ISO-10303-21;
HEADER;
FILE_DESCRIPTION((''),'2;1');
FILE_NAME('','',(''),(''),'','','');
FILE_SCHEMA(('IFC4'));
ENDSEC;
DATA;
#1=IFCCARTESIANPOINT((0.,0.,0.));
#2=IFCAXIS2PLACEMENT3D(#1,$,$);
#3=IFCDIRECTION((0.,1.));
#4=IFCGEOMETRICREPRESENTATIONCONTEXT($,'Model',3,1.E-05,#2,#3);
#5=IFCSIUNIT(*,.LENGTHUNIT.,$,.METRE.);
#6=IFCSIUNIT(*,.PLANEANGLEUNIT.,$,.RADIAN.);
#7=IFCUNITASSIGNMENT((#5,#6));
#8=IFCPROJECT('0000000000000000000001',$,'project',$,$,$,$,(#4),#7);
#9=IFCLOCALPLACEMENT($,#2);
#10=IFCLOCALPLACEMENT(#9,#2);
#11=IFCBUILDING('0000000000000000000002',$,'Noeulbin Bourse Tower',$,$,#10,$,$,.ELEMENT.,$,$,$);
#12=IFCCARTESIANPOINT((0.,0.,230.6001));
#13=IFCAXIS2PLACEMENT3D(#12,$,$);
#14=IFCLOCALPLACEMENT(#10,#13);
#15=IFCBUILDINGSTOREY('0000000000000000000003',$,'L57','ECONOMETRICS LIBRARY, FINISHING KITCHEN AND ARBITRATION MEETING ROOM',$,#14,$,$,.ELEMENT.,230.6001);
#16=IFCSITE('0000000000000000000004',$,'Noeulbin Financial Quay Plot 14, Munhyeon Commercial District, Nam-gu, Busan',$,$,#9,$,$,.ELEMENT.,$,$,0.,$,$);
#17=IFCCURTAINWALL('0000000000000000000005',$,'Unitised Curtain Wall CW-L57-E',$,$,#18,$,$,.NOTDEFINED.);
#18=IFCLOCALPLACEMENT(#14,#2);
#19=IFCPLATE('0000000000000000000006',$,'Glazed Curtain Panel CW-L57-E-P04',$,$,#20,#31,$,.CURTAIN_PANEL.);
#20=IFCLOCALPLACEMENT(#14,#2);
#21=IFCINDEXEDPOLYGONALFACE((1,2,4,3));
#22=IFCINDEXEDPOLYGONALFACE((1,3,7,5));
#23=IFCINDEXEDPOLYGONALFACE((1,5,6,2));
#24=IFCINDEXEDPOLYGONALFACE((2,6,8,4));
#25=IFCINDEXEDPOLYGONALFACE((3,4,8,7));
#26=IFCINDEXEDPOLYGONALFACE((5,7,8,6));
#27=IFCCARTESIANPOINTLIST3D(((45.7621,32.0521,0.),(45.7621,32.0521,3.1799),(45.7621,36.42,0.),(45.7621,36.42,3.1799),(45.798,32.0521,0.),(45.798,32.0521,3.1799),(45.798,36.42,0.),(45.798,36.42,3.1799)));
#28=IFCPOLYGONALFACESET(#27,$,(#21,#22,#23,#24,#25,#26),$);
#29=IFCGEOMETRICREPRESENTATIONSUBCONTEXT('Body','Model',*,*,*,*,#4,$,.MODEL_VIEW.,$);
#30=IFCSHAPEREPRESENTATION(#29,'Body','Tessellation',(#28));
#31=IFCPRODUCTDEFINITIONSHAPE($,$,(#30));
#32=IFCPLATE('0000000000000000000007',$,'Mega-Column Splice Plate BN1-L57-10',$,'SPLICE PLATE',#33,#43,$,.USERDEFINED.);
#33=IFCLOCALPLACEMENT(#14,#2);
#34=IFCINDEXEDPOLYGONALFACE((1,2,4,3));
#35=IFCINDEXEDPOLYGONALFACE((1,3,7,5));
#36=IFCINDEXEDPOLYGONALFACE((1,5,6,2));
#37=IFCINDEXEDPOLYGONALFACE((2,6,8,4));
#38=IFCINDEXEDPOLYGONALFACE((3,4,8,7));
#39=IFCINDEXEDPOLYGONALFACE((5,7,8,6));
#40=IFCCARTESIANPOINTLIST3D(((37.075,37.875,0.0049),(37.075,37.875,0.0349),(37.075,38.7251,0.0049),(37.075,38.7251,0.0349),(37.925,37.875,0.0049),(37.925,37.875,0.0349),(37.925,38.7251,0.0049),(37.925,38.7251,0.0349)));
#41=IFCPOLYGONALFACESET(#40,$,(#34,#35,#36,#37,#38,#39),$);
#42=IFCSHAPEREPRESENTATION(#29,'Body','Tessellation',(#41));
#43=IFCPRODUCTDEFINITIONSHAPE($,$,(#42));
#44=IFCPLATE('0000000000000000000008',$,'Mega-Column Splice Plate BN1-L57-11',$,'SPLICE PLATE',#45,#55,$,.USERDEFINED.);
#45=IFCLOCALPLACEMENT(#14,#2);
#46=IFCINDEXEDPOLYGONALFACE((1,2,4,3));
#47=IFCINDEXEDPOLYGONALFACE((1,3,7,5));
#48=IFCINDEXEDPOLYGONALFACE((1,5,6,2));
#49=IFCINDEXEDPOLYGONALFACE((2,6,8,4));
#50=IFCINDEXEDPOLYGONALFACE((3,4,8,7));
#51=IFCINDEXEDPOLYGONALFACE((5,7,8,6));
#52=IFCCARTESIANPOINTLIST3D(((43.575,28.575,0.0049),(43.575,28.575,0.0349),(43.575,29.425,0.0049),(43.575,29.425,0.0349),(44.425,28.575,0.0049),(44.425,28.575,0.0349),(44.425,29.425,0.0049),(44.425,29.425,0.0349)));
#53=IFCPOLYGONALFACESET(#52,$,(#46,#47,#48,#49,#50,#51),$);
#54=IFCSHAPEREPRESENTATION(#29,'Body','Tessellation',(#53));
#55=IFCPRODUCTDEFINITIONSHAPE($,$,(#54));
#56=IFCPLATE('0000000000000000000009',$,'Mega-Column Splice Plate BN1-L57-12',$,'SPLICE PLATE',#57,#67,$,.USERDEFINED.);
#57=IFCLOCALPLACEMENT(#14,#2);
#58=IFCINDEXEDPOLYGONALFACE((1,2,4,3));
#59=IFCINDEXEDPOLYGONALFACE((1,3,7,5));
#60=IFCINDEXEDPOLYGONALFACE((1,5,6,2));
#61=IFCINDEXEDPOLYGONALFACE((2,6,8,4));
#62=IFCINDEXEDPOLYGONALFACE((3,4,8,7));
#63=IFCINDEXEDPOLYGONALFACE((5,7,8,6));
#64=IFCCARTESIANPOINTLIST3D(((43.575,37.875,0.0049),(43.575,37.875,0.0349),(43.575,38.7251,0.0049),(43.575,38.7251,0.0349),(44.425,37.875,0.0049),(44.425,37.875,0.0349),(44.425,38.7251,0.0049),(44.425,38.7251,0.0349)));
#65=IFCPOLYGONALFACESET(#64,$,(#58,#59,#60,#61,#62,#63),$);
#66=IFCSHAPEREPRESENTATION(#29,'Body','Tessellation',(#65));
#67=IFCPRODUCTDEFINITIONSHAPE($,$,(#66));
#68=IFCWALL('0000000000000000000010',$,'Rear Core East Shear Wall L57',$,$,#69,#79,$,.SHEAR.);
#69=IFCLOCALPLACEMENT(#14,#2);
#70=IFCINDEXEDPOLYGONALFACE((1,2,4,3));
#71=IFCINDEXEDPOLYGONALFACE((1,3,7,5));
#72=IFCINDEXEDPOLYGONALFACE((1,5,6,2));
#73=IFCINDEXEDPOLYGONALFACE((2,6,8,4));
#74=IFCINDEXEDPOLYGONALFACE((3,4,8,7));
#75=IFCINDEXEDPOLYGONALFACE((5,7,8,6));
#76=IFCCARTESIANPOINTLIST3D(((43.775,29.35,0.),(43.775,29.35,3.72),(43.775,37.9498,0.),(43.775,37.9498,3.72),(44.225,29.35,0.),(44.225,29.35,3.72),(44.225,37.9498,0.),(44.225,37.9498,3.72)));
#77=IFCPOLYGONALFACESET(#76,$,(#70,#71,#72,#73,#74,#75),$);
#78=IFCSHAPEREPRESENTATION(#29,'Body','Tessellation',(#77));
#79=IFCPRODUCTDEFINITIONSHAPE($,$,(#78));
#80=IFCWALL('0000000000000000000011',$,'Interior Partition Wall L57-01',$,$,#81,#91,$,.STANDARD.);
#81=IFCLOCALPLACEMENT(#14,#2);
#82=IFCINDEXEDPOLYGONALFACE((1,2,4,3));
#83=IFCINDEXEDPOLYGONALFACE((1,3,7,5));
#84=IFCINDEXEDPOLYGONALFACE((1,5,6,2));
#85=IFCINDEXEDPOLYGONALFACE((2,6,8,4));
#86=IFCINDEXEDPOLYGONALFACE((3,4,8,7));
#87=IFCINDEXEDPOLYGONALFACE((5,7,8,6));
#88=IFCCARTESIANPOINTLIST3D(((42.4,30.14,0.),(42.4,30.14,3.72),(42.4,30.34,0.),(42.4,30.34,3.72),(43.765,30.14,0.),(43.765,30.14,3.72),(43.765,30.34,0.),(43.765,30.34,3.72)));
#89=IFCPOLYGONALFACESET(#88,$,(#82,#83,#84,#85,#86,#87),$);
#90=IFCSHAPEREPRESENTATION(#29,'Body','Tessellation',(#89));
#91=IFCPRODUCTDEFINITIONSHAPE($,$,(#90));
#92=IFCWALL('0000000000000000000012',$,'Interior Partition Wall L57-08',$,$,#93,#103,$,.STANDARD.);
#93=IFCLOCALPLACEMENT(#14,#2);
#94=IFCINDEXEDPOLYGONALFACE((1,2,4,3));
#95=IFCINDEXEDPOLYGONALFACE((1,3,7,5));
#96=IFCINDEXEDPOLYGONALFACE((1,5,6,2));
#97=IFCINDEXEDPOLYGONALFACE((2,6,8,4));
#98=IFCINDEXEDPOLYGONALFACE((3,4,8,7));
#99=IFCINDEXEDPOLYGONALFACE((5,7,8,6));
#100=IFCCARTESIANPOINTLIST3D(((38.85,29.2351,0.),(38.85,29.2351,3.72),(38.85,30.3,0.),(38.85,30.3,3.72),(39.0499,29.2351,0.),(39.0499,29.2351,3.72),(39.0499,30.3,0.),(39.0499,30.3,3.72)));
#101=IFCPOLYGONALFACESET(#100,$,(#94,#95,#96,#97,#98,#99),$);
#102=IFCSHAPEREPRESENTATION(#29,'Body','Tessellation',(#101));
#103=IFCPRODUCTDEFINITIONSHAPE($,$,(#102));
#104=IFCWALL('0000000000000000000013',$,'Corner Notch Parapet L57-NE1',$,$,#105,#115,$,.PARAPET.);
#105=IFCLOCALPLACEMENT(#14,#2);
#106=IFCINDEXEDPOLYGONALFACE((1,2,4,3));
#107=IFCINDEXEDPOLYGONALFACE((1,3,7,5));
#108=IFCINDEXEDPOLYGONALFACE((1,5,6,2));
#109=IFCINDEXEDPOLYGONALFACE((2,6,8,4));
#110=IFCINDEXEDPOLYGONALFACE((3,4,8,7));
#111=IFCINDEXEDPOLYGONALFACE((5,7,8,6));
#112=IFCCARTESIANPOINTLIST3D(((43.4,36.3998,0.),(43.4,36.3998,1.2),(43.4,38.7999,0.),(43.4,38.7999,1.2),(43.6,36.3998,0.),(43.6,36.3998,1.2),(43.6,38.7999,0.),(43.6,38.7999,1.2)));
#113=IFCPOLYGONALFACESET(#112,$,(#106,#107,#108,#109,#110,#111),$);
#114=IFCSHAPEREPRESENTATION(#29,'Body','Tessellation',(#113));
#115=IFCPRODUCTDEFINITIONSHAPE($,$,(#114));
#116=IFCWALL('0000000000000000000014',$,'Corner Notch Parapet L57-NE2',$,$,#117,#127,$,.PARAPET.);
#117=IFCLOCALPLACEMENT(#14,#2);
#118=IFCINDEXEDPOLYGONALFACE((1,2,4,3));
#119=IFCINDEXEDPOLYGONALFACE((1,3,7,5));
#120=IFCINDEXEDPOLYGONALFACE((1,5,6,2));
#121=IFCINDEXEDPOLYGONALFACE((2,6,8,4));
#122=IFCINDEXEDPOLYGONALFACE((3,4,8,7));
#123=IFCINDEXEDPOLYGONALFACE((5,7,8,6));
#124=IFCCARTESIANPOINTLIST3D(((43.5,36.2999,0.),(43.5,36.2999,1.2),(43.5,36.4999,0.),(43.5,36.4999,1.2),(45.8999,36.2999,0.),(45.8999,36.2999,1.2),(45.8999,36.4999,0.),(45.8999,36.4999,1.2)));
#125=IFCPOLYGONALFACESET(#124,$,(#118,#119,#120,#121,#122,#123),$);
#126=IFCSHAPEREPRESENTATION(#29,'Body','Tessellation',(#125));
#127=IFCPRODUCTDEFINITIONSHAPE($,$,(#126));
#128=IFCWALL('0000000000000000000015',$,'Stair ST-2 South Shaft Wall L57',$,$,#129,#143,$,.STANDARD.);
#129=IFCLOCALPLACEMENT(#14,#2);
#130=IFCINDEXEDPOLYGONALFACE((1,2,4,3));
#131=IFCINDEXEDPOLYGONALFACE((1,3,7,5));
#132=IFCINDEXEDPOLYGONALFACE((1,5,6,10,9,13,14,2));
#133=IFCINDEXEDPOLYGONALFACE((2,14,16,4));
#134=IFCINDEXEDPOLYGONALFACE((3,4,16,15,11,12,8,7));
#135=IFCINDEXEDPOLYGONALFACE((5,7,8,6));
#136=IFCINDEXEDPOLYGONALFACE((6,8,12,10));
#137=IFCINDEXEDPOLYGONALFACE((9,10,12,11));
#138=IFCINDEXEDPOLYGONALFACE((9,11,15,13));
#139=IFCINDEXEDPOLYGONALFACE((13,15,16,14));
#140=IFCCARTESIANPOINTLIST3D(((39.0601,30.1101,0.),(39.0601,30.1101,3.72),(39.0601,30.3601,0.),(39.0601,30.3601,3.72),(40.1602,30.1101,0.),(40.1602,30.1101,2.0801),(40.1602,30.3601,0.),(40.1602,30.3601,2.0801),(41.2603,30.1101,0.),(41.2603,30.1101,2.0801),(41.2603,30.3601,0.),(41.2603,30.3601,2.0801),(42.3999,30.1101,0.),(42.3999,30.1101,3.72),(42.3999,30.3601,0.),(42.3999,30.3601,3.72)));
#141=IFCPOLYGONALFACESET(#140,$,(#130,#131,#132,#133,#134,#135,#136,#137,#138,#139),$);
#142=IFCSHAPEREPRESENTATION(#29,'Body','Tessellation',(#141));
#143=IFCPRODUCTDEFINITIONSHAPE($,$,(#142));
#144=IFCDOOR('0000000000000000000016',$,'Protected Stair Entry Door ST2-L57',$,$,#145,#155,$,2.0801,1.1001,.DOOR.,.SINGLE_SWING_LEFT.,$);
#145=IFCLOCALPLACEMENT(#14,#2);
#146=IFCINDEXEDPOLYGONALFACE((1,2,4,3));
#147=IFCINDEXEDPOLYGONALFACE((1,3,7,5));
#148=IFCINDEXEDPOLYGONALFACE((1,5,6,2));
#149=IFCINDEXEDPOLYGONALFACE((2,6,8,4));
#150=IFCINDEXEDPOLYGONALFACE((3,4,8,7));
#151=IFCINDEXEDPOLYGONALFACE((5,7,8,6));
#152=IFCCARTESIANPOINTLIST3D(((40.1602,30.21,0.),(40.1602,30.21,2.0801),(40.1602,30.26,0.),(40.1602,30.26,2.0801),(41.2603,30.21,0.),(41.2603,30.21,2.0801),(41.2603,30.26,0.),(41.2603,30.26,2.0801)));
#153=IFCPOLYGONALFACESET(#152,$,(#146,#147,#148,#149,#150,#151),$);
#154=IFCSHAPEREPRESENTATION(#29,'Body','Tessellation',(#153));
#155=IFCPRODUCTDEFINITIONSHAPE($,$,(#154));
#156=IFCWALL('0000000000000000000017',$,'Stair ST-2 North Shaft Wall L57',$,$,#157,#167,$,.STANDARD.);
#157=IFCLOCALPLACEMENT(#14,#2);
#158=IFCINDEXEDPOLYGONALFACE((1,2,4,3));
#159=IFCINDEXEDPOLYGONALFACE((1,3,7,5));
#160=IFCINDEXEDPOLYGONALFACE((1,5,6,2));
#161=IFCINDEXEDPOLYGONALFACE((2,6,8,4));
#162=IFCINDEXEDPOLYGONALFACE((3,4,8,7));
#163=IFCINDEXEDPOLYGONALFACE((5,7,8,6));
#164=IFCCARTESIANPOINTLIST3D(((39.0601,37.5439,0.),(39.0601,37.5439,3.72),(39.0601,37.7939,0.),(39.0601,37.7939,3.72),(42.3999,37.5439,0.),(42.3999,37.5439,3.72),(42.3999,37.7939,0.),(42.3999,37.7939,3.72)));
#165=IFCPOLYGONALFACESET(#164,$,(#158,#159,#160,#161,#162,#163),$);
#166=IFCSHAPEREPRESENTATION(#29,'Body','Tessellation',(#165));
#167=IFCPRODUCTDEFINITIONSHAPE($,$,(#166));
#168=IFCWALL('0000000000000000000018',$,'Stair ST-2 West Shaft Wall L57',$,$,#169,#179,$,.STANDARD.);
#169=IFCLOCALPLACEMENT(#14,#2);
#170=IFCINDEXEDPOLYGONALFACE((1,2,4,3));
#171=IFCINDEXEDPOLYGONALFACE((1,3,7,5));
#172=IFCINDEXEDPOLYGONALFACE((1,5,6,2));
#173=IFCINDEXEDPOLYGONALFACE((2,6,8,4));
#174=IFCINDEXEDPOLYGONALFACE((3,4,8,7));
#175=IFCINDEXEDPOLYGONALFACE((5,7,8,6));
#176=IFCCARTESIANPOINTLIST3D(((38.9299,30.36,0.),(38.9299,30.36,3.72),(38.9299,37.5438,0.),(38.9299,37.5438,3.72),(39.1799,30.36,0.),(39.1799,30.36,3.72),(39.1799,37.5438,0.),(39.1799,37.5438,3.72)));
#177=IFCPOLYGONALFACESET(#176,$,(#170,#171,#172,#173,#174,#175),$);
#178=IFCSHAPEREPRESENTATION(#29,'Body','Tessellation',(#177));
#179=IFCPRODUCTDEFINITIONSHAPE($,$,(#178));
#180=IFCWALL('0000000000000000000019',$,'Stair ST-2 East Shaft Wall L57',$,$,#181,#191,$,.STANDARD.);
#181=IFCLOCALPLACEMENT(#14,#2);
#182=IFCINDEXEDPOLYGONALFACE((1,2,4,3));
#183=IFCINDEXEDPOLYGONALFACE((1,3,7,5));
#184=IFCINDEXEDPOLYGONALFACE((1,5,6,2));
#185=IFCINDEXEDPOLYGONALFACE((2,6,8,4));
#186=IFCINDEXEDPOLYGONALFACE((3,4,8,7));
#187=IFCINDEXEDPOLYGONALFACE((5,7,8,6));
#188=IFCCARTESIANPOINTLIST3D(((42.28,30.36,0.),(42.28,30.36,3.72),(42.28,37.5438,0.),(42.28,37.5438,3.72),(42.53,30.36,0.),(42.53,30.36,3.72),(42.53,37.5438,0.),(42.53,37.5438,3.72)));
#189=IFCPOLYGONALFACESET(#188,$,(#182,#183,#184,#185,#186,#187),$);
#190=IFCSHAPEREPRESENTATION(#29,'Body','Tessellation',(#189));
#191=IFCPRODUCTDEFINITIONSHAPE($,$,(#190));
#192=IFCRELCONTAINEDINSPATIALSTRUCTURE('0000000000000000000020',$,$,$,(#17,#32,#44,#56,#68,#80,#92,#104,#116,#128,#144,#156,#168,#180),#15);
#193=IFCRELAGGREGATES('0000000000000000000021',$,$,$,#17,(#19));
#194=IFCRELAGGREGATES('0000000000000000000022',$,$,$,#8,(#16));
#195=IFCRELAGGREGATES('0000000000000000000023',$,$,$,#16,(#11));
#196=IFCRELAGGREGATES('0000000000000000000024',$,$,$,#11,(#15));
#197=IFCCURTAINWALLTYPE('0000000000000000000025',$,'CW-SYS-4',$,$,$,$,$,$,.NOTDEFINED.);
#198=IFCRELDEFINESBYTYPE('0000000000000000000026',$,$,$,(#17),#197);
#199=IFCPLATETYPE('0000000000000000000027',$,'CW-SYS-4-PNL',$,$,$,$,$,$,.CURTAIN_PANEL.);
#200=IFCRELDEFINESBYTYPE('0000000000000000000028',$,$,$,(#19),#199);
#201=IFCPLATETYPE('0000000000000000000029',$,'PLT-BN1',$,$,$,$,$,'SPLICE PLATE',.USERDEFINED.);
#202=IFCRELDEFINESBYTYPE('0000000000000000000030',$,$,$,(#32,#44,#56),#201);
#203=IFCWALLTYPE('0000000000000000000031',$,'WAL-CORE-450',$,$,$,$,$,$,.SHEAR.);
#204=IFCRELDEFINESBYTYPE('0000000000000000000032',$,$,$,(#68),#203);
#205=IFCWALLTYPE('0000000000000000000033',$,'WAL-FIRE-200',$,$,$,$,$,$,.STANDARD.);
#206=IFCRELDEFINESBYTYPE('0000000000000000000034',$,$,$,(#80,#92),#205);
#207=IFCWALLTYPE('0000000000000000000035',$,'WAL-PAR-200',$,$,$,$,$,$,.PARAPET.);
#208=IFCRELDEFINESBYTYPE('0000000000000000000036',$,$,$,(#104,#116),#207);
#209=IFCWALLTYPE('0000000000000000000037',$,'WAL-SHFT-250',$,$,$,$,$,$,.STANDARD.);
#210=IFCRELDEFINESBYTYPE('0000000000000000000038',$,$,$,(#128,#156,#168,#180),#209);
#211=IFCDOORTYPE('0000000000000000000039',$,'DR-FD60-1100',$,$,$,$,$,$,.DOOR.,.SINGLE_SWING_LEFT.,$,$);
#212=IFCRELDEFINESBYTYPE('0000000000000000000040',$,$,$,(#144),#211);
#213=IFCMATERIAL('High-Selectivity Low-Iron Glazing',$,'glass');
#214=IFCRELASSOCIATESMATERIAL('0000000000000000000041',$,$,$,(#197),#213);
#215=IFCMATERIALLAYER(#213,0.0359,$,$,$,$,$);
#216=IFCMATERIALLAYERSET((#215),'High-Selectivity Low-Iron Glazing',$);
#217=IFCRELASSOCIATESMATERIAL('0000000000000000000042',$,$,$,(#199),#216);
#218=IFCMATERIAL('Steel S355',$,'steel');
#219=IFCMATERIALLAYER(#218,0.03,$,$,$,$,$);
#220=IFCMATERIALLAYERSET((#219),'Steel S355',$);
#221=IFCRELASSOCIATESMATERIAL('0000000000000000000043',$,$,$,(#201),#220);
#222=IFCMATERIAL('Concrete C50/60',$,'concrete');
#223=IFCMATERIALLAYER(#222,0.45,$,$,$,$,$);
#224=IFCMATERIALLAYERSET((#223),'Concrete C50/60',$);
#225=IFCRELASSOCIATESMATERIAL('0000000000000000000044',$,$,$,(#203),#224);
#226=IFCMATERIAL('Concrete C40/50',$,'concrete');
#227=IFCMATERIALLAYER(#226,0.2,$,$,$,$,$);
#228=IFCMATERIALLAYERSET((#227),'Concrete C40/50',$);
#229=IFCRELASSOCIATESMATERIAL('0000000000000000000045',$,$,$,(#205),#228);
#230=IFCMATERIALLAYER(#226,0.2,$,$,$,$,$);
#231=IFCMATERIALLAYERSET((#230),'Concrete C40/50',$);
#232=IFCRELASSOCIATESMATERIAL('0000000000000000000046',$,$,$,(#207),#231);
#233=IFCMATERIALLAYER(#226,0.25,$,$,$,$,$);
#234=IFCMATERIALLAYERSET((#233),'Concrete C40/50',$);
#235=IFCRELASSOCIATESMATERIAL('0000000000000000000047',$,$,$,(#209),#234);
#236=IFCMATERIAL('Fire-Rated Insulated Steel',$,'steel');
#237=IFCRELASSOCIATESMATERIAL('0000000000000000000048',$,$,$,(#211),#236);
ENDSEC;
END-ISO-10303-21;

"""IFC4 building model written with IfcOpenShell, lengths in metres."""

from ifc_helpers import new_model, si_unit, direction, frame, frame_2d, origin, origin_2d, place, context, subcontext, project, spatial, rectangle, extrude, material, layer, layer_set, type_object, element, fill, aggregate, save


model = new_model("IFC4")

# Units and contexts
model_context = context("Model", 3, precision=1e-05, world=origin(), true_north=direction((0.0, 1.0)))
body_context = subcontext(model_context, "Body", "Model", "MODEL_VIEW")
ifc_project = project(units=[si_unit("LENGTHUNIT", "METRE"), si_unit("PLANEANGLEUNIT", "RADIAN")], contexts=[model_context])

# Site, building, storey
site_placement = place(None, origin())
site = spatial("IfcSite", under=ifc_project, at=site_placement, Name="Noeulbin Financial Quay Plot 14, Munhyeon Commercial District, Nam-gu, Busan", CompositionType="ELEMENT", RefElevation=0.0)
building_placement = place(site_placement, origin())
building = spatial("IfcBuilding", under=site, at=building_placement, Name="Noeulbin Bourse Tower", CompositionType="ELEMENT")
storey_placement = place(building_placement, frame((0.0, 0.0, 230.6001)))
storey = spatial("IfcBuildingStorey", under=building, at=storey_placement, Name="L57", Description="ECONOMETRICS LIBRARY, FINISHING KITCHEN AND ARBITRATION MEETING ROOM", CompositionType="ELEMENT", Elevation=230.6001)

# Shared definitions
ifc_material_1 = material(Name="Steel S355", Category="steel")

# Curtain wall
ifc_material_2 = material(Name="High-Selectivity Low-Iron Glazing", Category="glass")
curtain_wall_type = type_object("IfcCurtainWallType", Name="CW-SYS-4", PredefinedType="NOTDEFINED", material=ifc_material_2)
curtain_wall_1_placement = place(storey_placement, origin())
curtain_wall_1 = element("IfcCurtainWall", 1, at=curtain_wall_1_placement, inside=storey, type_object=curtain_wall_type, Name="Unitised Curtain Wall CW-L57-E", PredefinedType="NOTDEFINED")

# Plate
ifc_layer_1 = layer(ifc_material_2, 0.0359)
ifc_layer_set_1 = layer_set([ifc_layer_1], Name="High-Selectivity Low-Iron Glazing")
plate_type_1 = type_object("IfcPlateType", Name="CW-SYS-4-PNL", PredefinedType="CURTAIN_PANEL", material=ifc_layer_set_1)
plate_1_placement = place(storey_placement, frame((45.78, 34.2361, 0.0), z_axis=(0.0, 0.0, 1.0), x_axis=(0.0, 1.0, 0.0)))
plate_1 = element("IfcPlate", 2, at=plate_1_placement, type_object=plate_type_1, Name="Glazed Curtain Panel CW-L57-E-P04", PredefinedType="CURTAIN_PANEL", context=body_context, shape_type="SweptSolid", body=[
    extrude(rectangle(XDim=4.3679, YDim=0.0359, at=origin_2d()), origin(), (0.0, 0.0, 1.0), 3.1799),
])
aggregate(curtain_wall_1, [plate_1])

# Plates
ifc_layer_2 = layer(ifc_material_1, 0.03)
ifc_layer_set_2 = layer_set([ifc_layer_2], Name="Steel S355")
plate_type_2 = type_object("IfcPlateType", Name="PLT-BN1", ElementType="SPLICE PLATE", PredefinedType="USERDEFINED", material=ifc_layer_set_2)
for number, where, z_axis, x_axis, name in (
    (3, (37.5, 38.3, 0.0049), (0.0, 0.0, 1.0), (1.0, 0.0, 0.0), "Mega-Column Splice Plate BN1-L57-10"),
    (4, (44.0, 29.0, 0.0049), (0.0, 0.0, 1.0), (1.0, 0.0, 0.0), "Mega-Column Splice Plate BN1-L57-11"),
    (5, (44.0, 38.3, 0.0049), (0.0, 0.0, 1.0), (1.0, 0.0, 0.0), "Mega-Column Splice Plate BN1-L57-12"),
):
    element("IfcPlate", number, at=place(storey_placement, frame(where, z_axis=z_axis, x_axis=x_axis)), inside=storey, type_object=plate_type_2, Name=name, ObjectType="SPLICE PLATE", PredefinedType="USERDEFINED", context=body_context, shape_type="SweptSolid", body=[
        extrude(rectangle(XDim=0.8501, YDim=0.8501, at=origin_2d()), origin(), (0.0, 0.0, 1.0), 0.03),
    ])

# Walls
ifc_material_3 = material(Name="Concrete C50/60", Category="concrete")
ifc_layer_3 = layer(ifc_material_3, 0.45)
ifc_layer_set_3 = layer_set([ifc_layer_3], Name="Concrete C50/60")
wall_type_1 = type_object("IfcWallType", Name="WAL-CORE-450", PredefinedType="SHEAR", material=ifc_layer_set_3)
wall_1_placement = place(storey_placement, frame((44.0, 29.3501, 0.0), z_axis=(0.0, 0.0, 1.0), x_axis=(0.0, 1.0, 0.0)))
element("IfcWall", 6, at=wall_1_placement, inside=storey, type_object=wall_type_1, Name="Rear Core East Shear Wall L57", PredefinedType="SHEAR", context=body_context, shape_type="SweptSolid", body=[
    extrude(rectangle(XDim=8.5999, YDim=0.45, at=frame_2d((4.2998, 0.0))), origin(), (0.0, 0.0, 1.0), 3.72),
])
ifc_material_4 = material(Name="Concrete C40/50", Category="concrete")
ifc_layer_4 = layer(ifc_material_4, 0.2)
ifc_layer_set_4 = layer_set([ifc_layer_4], Name="Concrete C40/50")
wall_type_2 = type_object("IfcWallType", Name="WAL-FIRE-200", PredefinedType="STANDARD", material=ifc_layer_set_4)
wall_2_placement = place(storey_placement, frame((42.3999, 30.24, 0.0), z_axis=(0.0, 0.0, 1.0), x_axis=(1.0, 0.0, 0.0)))
element("IfcWall", 7, at=wall_2_placement, inside=storey, type_object=wall_type_2, Name="Interior Partition Wall L57-01", PredefinedType="STANDARD", context=body_context, shape_type="SweptSolid", body=[
    extrude(rectangle(XDim=1.365, YDim=0.2, at=frame_2d((0.6826, 0.0))), origin(), (0.0, 0.0, 1.0), 3.72),
])
wall_3_placement = place(storey_placement, frame((38.95, 29.2351, 0.0), z_axis=(0.0, 0.0, 1.0), x_axis=(0.0, 1.0, 0.0)))
element("IfcWall", 8, at=wall_3_placement, inside=storey, type_object=wall_type_2, Name="Interior Partition Wall L57-08", PredefinedType="STANDARD", context=body_context, shape_type="SweptSolid", body=[
    extrude(rectangle(XDim=1.0649, YDim=0.2, at=frame_2d((0.5325, 0.0))), origin(), (0.0, 0.0, 1.0), 3.72),
])
ifc_layer_5 = layer(ifc_material_4, 0.2)
ifc_layer_set_5 = layer_set([ifc_layer_5], Name="Concrete C40/50")
wall_type_3 = type_object("IfcWallType", Name="WAL-PAR-200", PredefinedType="PARAPET", material=ifc_layer_set_5)
wall_4_placement = place(storey_placement, frame((43.5, 38.8, 0.0), z_axis=(0.0, 0.0, 1.0), x_axis=(0.0, -1.0, 0.0)))
element("IfcWall", 9, at=wall_4_placement, inside=storey, type_object=wall_type_3, Name="Corner Notch Parapet L57-NE1", PredefinedType="PARAPET", context=body_context, shape_type="SweptSolid", body=[
    extrude(rectangle(XDim=2.4001, YDim=0.2, at=frame_2d((1.2002, 0.0))), origin(), (0.0, 0.0, 1.0), 1.2),
])
wall_5_placement = place(storey_placement, frame((43.5, 36.3999, 0.0), z_axis=(0.0, 0.0, 1.0), x_axis=(1.0, 0.0, 0.0)))
element("IfcWall", 10, at=wall_5_placement, inside=storey, type_object=wall_type_3, Name="Corner Notch Parapet L57-NE2", PredefinedType="PARAPET", context=body_context, shape_type="SweptSolid", body=[
    extrude(rectangle(XDim=2.3999, YDim=0.2, at=frame_2d((1.2, 0.0))), origin(), (0.0, 0.0, 1.0), 1.2),
])

# Wall, opening, door
ifc_layer_6 = layer(ifc_material_4, 0.25)
ifc_layer_set_6 = layer_set([ifc_layer_6], Name="Concrete C40/50")
wall_type_4 = type_object("IfcWallType", Name="WAL-SHFT-250", PredefinedType="STANDARD", material=ifc_layer_set_6)
wall_6_placement = place(storey_placement, frame((39.0601, 30.2351, 0.0), z_axis=(0.0, 0.0, 1.0), x_axis=(1.0, 0.0, 0.0)))
wall_6 = element("IfcWall", 11, at=wall_6_placement, inside=storey, type_object=wall_type_4, Name="Stair ST-2 South Shaft Wall L57", PredefinedType="STANDARD", context=body_context, shape_type="SweptSolid", body=[
    extrude(rectangle(XDim=3.3398, YDim=0.25, at=frame_2d((1.6699, 0.0))), origin(), (0.0, 0.0, 1.0), 3.72),
])
opening_placement = place(wall_6_placement, frame((1.1001, 0.0, 0.0)))
opening = element("IfcOpeningElement", 12, at=opening_placement, cuts=wall_6, PredefinedType="OPENING", context=body_context, shape_type="SweptSolid", body=[
    extrude(rectangle(XDim=1.1001, YDim=2.0801, at=frame_2d((0.55, 1.04))), frame((0.0, 0.135, 0.0), z_axis=(0.0, -1.0, 0.0), x_axis=(1.0, 0.0, 0.0)), (0.0, 0.0, 1.0), 0.27),
])
ifc_material_5 = material(Name="Fire-Rated Insulated Steel", Category="steel")
door_type = type_object("IfcDoorType", Name="DR-FD60-1100", OperationType="SINGLE_SWING_LEFT", PredefinedType="DOOR", material=ifc_material_5)
door_placement = place(opening_placement, origin())
door = element("IfcDoor", 13, at=door_placement, inside=storey, type_object=door_type, Name="Protected Stair Entry Door ST2-L57", OperationType="SINGLE_SWING_LEFT", OverallHeight=2.0801, OverallWidth=1.1001, PredefinedType="DOOR", context=body_context, shape_type="SweptSolid", body=[
    extrude(rectangle(XDim=1.1001, YDim=2.0801, at=frame_2d((0.55, 1.04))), frame((0.0, 0.0249, 0.0), z_axis=(0.0, -1.0, 0.0), x_axis=(1.0, 0.0, 0.0)), (0.0, 0.0, 1.0), 0.05),
])
fill(opening, door)

# Walls
wall_7_placement = place(storey_placement, frame((39.0601, 37.6689, 0.0), z_axis=(0.0, 0.0, 1.0), x_axis=(1.0, 0.0, 0.0)))
element("IfcWall", 14, at=wall_7_placement, inside=storey, type_object=wall_type_4, Name="Stair ST-2 North Shaft Wall L57", PredefinedType="STANDARD", context=body_context, shape_type="SweptSolid", body=[
    extrude(rectangle(XDim=3.3398, YDim=0.25, at=frame_2d((1.6699, 0.0))), origin(), (0.0, 0.0, 1.0), 3.72),
])
for number, where, z_axis, x_axis, name in (
    (15, (39.0549, 30.3601, 0.0), (0.0, 0.0, 1.0), (0.0, 1.0, 0.0), "Stair ST-2 West Shaft Wall L57"),
    (16, (42.405, 30.3601, 0.0), (0.0, 0.0, 1.0), (0.0, 1.0, 0.0), "Stair ST-2 East Shaft Wall L57"),
):
    element("IfcWall", number, at=place(storey_placement, frame(where, z_axis=z_axis, x_axis=x_axis)), inside=storey, type_object=wall_type_4, Name=name, PredefinedType="STANDARD", context=body_context, shape_type="SweptSolid", body=[
        extrude(rectangle(XDim=7.1838, YDim=0.25, at=frame_2d((3.5918, 0.0))), origin(), (0.0, 0.0, 1.0), 3.72),
    ])

save(model, "model.ifc")
